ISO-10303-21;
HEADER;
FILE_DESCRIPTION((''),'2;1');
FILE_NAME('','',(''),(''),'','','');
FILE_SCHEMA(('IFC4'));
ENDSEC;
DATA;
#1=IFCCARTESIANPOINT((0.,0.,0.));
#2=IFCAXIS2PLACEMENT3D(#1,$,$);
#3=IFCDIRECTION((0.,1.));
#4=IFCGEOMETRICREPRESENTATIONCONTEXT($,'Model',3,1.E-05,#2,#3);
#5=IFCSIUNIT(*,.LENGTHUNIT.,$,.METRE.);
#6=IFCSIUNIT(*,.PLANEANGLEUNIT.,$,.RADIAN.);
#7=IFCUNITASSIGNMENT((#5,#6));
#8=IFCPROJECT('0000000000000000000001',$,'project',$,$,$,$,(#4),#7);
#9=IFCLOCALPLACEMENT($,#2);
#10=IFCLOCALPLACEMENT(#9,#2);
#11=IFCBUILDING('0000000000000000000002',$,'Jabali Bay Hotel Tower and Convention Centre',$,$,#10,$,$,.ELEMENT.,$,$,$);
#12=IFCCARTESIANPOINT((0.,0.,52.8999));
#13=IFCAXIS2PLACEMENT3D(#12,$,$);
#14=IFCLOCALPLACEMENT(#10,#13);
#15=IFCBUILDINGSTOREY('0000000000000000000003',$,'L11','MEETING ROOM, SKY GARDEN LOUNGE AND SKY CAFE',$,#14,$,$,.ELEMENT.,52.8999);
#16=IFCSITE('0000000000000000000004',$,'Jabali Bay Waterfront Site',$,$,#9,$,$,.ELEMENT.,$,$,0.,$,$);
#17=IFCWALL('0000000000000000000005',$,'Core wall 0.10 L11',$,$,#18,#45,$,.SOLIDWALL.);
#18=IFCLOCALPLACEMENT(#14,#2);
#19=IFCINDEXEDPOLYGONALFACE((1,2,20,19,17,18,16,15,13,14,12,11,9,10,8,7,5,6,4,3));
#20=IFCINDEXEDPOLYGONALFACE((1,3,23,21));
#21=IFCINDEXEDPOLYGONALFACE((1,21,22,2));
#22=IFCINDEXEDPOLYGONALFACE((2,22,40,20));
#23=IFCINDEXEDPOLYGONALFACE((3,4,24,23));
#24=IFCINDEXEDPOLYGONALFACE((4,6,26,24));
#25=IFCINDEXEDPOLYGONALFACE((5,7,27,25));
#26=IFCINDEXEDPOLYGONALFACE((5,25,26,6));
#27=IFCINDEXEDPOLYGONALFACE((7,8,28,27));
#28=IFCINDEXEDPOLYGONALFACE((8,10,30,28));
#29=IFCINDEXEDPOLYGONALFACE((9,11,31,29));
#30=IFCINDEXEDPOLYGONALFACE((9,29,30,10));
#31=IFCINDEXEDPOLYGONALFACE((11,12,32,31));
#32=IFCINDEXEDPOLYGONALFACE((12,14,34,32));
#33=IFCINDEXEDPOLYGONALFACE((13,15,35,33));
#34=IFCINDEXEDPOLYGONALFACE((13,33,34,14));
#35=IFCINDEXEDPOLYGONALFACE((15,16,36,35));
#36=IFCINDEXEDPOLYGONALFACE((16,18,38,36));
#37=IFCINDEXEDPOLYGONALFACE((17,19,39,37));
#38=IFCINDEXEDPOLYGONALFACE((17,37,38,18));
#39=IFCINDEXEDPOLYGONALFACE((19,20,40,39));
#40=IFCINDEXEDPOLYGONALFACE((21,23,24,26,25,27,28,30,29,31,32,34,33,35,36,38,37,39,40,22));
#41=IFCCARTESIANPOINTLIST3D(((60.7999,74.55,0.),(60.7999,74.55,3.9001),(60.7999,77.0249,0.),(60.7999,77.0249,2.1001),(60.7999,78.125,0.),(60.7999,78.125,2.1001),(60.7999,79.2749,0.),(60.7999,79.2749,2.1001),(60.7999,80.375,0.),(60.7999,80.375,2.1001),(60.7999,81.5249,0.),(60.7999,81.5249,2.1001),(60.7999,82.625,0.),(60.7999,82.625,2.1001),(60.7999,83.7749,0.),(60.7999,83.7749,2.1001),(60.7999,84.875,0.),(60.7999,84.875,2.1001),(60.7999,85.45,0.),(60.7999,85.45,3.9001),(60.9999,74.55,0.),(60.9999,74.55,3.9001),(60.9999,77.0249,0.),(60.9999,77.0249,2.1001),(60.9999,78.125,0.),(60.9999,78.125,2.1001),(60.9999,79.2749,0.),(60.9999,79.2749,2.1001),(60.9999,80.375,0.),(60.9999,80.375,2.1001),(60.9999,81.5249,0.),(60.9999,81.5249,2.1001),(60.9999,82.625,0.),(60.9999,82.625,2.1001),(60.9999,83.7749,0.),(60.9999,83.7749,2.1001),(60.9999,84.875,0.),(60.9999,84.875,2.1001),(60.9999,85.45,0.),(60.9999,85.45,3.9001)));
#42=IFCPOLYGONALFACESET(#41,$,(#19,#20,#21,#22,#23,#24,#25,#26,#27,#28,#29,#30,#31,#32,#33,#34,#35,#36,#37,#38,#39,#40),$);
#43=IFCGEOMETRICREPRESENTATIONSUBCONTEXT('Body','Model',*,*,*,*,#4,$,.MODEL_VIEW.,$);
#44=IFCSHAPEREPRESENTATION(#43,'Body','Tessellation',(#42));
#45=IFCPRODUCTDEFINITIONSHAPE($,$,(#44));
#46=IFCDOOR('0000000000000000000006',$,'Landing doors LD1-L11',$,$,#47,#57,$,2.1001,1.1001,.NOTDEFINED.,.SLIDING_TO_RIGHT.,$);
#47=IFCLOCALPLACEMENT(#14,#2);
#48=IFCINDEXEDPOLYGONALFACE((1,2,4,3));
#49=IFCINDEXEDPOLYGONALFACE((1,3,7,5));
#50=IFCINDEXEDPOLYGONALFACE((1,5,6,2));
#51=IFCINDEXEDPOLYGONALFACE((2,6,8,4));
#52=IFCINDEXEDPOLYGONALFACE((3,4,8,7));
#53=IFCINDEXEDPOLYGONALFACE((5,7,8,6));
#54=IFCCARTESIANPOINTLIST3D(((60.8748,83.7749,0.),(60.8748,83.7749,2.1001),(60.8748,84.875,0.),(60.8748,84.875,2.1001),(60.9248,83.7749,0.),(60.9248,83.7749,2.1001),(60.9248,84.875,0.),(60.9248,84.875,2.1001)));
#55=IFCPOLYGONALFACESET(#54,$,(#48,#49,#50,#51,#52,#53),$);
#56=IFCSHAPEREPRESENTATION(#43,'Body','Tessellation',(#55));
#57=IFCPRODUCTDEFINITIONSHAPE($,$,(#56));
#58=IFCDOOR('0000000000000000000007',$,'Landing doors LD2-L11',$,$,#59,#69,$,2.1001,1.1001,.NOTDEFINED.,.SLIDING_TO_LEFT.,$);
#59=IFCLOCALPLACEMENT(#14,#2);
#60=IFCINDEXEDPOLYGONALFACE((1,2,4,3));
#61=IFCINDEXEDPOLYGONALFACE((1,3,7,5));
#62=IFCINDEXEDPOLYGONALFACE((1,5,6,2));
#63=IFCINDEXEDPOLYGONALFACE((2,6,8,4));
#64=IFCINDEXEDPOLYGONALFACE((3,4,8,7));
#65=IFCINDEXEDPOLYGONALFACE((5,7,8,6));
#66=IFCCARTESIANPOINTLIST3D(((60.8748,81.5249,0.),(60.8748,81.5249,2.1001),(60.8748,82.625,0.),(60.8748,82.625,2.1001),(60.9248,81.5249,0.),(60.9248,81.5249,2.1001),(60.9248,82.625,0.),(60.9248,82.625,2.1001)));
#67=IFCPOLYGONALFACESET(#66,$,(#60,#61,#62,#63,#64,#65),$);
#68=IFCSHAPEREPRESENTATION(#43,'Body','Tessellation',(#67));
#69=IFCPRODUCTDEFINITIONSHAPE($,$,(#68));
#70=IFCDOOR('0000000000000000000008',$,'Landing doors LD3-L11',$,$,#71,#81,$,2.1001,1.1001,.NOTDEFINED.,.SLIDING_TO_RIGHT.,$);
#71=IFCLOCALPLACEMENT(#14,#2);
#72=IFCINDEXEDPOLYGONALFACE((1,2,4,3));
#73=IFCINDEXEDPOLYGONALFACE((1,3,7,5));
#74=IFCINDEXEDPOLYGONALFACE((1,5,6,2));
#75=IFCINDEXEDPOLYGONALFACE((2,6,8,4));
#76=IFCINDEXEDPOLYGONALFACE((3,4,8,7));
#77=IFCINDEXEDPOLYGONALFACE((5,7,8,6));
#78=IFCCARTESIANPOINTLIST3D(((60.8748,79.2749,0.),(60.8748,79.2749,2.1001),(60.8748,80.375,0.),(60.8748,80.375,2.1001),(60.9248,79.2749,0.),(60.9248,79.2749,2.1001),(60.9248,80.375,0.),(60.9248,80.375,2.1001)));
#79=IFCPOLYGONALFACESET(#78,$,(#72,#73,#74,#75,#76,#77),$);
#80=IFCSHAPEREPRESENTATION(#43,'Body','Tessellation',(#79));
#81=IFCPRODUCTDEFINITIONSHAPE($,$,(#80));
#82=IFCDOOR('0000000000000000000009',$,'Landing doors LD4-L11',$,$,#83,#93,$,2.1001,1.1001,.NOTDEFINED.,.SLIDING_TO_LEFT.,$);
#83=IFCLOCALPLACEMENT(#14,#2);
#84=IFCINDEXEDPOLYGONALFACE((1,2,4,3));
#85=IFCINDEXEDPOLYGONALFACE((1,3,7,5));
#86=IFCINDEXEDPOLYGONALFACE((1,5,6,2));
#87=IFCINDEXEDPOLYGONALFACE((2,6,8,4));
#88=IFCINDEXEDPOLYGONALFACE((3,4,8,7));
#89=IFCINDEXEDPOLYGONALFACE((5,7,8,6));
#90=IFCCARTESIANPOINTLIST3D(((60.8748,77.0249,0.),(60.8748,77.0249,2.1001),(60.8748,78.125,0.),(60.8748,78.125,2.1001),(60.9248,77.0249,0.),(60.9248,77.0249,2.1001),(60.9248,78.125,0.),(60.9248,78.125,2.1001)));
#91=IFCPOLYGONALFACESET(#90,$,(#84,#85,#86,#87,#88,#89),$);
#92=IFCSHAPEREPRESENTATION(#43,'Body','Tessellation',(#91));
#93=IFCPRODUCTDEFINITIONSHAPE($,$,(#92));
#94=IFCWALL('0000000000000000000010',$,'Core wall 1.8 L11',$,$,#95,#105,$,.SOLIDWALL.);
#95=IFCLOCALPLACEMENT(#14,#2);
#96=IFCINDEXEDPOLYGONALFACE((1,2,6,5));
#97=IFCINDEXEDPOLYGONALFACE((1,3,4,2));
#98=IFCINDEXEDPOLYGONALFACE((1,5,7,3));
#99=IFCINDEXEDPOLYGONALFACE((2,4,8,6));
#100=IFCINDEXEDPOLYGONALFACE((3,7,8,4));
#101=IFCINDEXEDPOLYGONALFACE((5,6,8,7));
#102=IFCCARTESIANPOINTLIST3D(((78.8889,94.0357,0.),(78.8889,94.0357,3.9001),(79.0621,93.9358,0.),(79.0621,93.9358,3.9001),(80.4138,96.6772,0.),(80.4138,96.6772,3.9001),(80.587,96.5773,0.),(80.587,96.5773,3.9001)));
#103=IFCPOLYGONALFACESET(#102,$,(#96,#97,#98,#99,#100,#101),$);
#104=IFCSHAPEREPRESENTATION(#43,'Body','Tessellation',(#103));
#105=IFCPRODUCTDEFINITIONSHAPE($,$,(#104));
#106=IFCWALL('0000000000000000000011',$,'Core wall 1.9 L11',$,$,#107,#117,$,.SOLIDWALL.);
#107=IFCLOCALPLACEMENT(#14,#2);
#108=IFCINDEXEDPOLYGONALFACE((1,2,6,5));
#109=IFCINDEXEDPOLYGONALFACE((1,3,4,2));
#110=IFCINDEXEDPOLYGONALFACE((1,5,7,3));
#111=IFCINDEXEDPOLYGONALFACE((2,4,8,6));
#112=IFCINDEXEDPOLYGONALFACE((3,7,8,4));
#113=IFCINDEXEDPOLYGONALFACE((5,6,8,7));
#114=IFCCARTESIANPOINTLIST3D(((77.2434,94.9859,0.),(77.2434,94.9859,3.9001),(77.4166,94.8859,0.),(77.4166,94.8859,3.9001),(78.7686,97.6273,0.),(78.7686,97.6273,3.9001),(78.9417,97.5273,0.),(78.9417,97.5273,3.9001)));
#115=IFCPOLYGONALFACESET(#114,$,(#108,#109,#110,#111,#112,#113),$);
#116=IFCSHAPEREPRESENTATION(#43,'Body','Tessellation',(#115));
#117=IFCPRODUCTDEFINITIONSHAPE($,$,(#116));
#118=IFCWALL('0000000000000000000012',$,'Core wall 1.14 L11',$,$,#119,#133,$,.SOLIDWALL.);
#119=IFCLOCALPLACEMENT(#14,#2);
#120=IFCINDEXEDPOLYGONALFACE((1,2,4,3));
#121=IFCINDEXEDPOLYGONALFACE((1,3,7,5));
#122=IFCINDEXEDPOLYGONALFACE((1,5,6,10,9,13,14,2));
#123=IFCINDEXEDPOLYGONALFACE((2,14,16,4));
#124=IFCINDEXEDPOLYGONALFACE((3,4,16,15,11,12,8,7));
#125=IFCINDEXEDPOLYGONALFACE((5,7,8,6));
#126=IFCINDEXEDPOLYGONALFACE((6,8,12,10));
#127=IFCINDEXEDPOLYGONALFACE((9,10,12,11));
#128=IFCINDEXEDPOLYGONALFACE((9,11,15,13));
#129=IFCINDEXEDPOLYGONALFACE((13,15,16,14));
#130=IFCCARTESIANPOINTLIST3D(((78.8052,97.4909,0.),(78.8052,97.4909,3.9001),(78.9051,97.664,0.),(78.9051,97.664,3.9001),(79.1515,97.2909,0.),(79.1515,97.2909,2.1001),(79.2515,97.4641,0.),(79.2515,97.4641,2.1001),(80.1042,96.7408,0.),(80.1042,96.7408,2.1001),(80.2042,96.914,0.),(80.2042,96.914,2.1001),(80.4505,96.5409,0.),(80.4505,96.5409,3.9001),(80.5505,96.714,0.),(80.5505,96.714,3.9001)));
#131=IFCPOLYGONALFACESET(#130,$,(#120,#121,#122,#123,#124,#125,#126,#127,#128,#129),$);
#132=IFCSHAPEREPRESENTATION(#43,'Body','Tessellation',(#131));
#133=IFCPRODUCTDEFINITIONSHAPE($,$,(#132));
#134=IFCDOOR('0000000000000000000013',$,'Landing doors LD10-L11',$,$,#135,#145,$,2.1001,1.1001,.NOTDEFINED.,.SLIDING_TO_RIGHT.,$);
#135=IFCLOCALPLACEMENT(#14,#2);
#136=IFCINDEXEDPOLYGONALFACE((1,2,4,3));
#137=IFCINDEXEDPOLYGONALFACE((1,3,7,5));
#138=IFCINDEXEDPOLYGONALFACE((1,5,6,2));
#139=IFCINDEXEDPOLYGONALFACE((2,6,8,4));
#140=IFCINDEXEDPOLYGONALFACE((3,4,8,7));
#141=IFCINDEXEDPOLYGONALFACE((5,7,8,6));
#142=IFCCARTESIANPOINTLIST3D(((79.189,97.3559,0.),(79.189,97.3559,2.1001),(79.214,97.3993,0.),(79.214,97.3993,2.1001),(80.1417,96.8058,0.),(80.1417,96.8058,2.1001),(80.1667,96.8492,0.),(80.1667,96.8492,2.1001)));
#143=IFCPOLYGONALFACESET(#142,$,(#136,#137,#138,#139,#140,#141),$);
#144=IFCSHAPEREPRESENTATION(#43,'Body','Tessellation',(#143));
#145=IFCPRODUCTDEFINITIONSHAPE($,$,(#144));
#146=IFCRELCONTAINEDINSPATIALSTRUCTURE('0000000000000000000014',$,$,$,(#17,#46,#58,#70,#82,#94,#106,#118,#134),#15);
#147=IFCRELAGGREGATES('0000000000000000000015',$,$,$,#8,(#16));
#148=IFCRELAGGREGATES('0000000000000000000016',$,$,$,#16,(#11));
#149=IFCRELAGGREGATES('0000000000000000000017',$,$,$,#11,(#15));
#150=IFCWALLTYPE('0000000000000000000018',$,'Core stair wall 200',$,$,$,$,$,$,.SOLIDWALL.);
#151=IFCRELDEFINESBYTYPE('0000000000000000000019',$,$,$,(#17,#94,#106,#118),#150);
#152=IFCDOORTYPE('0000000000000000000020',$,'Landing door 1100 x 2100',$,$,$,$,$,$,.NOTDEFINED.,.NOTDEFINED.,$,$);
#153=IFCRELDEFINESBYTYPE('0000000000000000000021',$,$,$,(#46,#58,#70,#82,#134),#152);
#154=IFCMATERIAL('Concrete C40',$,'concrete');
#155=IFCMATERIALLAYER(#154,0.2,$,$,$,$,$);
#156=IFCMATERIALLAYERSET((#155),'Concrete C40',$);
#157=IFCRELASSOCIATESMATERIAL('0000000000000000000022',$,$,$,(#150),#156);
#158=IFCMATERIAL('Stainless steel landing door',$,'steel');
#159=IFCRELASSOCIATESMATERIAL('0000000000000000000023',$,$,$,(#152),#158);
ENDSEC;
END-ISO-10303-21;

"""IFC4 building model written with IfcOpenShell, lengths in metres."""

from ifc_helpers import new_model, si_unit, direction, frame, frame_2d, origin, place, context, subcontext, project, spatial, rectangle, extrude, material, layer, layer_set, type_object, element, fill, save


model = new_model("IFC4")

# Units and contexts
model_context = context("Model", 3, precision=1e-05, world=origin(), true_north=direction((0.0, 1.0)))
body_context = subcontext(model_context, "Body", "Model", "MODEL_VIEW")
ifc_project = project(units=[si_unit("LENGTHUNIT", "METRE"), si_unit("PLANEANGLEUNIT", "RADIAN")], contexts=[model_context])

# Site, building, storey
site_placement = place(None, origin())
site = spatial("IfcSite", under=ifc_project, at=site_placement, Name="Jabali Bay Waterfront Site", CompositionType="ELEMENT", RefElevation=0.0)
building_placement = place(site_placement, origin())
building = spatial("IfcBuilding", under=site, at=building_placement, Name="Jabali Bay Hotel Tower and Convention Centre", CompositionType="ELEMENT")
storey_placement = place(building_placement, frame((0.0, 0.0, 52.8999)))
storey = spatial("IfcBuildingStorey", under=building, at=storey_placement, Name="L11", Description="MEETING ROOM, SKY GARDEN LOUNGE AND SKY CAFE", CompositionType="ELEMENT", Elevation=52.8999)

# Shared definitions
ifc_material_1 = material(Name="Concrete C40", Category="concrete")

# Shared definitions
ifc_layer_1 = layer(ifc_material_1, 0.2)
ifc_layer_set_1 = layer_set([ifc_layer_1], Name="Concrete C40")
wall_type_1 = type_object("IfcWallType", Name="Core stair wall 200", PredefinedType="SOLIDWALL", material=ifc_layer_set_1)

# Wall, openings, doors
wall_1_placement = place(storey_placement, frame((60.8999, 85.45, 0.0), z_axis=(0.0, 0.0, 1.0), x_axis=(0.0, -1.0, 0.0)))
wall_1 = element("IfcWall", 1, at=wall_1_placement, inside=storey, type_object=wall_type_1, Name="Core wall 0.10 L11", PredefinedType="SOLIDWALL", context=body_context, shape_type="SweptSolid", body=[
    extrude(rectangle(XDim=10.8999, YDim=0.2, at=frame_2d((5.45, 0.0))), origin(), (0.0, 0.0, 1.0), 3.9001),
])
opening_1_placement = place(wall_1_placement, frame((0.575, 0.0, 0.0)))
opening_1 = element("IfcOpeningElement", 2, at=opening_1_placement, cuts=wall_1, PredefinedType="OPENING", context=body_context, shape_type="SweptSolid", body=[
    extrude(rectangle(XDim=1.1001, YDim=2.1001, at=frame_2d((0.55, 1.05))), frame((0.0, 0.1104, 0.0), z_axis=(0.0, -1.0, 0.0), x_axis=(1.0, 0.0, 0.0)), (0.0, 0.0, 1.0), 0.2209),
])
opening_2_placement = place(wall_1_placement, frame((2.825, 0.0, 0.0)))
opening_2 = element("IfcOpeningElement", 3, at=opening_2_placement, cuts=wall_1, PredefinedType="OPENING", context=body_context, shape_type="SweptSolid", body=[
    extrude(rectangle(XDim=1.1001, YDim=2.1001, at=frame_2d((0.55, 1.05))), frame((0.0, 0.1104, 0.0), z_axis=(0.0, -1.0, 0.0), x_axis=(1.0, 0.0, 0.0)), (0.0, 0.0, 1.0), 0.2209),
])
opening_3_placement = place(wall_1_placement, frame((5.075, 0.0, 0.0)))
opening_3 = element("IfcOpeningElement", 4, at=opening_3_placement, cuts=wall_1, PredefinedType="OPENING", context=body_context, shape_type="SweptSolid", body=[
    extrude(rectangle(XDim=1.1001, YDim=2.1001, at=frame_2d((0.55, 1.05))), frame((0.0, 0.1104, 0.0), z_axis=(0.0, -1.0, 0.0), x_axis=(1.0, 0.0, 0.0)), (0.0, 0.0, 1.0), 0.2209),
])
opening_4_placement = place(wall_1_placement, frame((7.325, 0.0, 0.0)))
opening_4 = element("IfcOpeningElement", 5, at=opening_4_placement, cuts=wall_1, PredefinedType="OPENING", context=body_context, shape_type="SweptSolid", body=[
    extrude(rectangle(XDim=1.1001, YDim=2.1001, at=frame_2d((0.55, 1.05))), frame((0.0, 0.1104, 0.0), z_axis=(0.0, -1.0, 0.0), x_axis=(1.0, 0.0, 0.0)), (0.0, 0.0, 1.0), 0.2209),
])
ifc_material_2 = material(Name="Stainless steel landing door", Category="steel")
door_type_1 = type_object("IfcDoorType", Name="Landing door 1100 x 2100", OperationType="NOTDEFINED", PredefinedType="NOTDEFINED", material=ifc_material_2)
door_1_placement = place(opening_1_placement, origin())
door_1 = element("IfcDoor", 6, at=door_1_placement, inside=storey, type_object=door_type_1, Name="Landing doors LD1-L11", OperationType="SLIDING_TO_RIGHT", OverallHeight=2.1001, OverallWidth=1.1001, PredefinedType="NOTDEFINED", context=body_context, shape_type="SweptSolid", body=[
    extrude(rectangle(XDim=1.1001, YDim=2.1001, at=frame_2d((0.55, 1.05))), frame((0.0, 0.0249, 0.0), z_axis=(0.0, -1.0, 0.0), x_axis=(1.0, 0.0, 0.0)), (0.0, 0.0, 1.0), 0.05),
])
fill(opening_1, door_1)
door_2_placement = place(opening_2_placement, origin())
door_2 = element("IfcDoor", 7, at=door_2_placement, inside=storey, type_object=door_type_1, Name="Landing doors LD2-L11", OperationType="SLIDING_TO_LEFT", OverallHeight=2.1001, OverallWidth=1.1001, PredefinedType="NOTDEFINED", context=body_context, shape_type="SweptSolid", body=[
    extrude(rectangle(XDim=1.1001, YDim=2.1001, at=frame_2d((0.55, 1.05))), frame((0.0, 0.0249, 0.0), z_axis=(0.0, -1.0, 0.0), x_axis=(1.0, 0.0, 0.0)), (0.0, 0.0, 1.0), 0.05),
])
fill(opening_2, door_2)
door_3_placement = place(opening_3_placement, origin())
door_3 = element("IfcDoor", 8, at=door_3_placement, inside=storey, type_object=door_type_1, Name="Landing doors LD3-L11", OperationType="SLIDING_TO_RIGHT", OverallHeight=2.1001, OverallWidth=1.1001, PredefinedType="NOTDEFINED", context=body_context, shape_type="SweptSolid", body=[
    extrude(rectangle(XDim=1.1001, YDim=2.1001, at=frame_2d((0.55, 1.05))), frame((0.0, 0.0249, 0.0), z_axis=(0.0, -1.0, 0.0), x_axis=(1.0, 0.0, 0.0)), (0.0, 0.0, 1.0), 0.05),
])
fill(opening_3, door_3)
door_4_placement = place(opening_4_placement, origin())
door_4 = element("IfcDoor", 9, at=door_4_placement, inside=storey, type_object=door_type_1, Name="Landing doors LD4-L11", OperationType="SLIDING_TO_LEFT", OverallHeight=2.1001, OverallWidth=1.1001, PredefinedType="NOTDEFINED", context=body_context, shape_type="SweptSolid", body=[
    extrude(rectangle(XDim=1.1001, YDim=2.1001, at=frame_2d((0.55, 1.05))), frame((0.0, 0.0249, 0.0), z_axis=(0.0, -1.0, 0.0), x_axis=(1.0, 0.0, 0.0)), (0.0, 0.0, 1.0), 0.05),
])
fill(opening_4, door_4)

# Walls
for number, where, z_axis, x_axis, name in (
    (10, (78.9756, 93.9858, 0.0), (0.0, 0.0, 1.0), (0.499944, 0.866058, 0.0), "Core wall 1.8 L11"),
    (11, (77.3301, 94.936, 0.0), (0.0, 0.0, 1.0), (0.500039, 0.866003, 0.0), "Core wall 1.9 L11"),
):
    element("IfcWall", number, at=place(storey_placement, frame(where, z_axis=z_axis, x_axis=x_axis)), inside=storey, type_object=wall_type_1, Name=name, PredefinedType="SOLIDWALL", context=body_context, shape_type="SweptSolid", body=[
        extrude(rectangle(XDim=3.05, YDim=0.2, at=frame_2d((1.5249, 0.0))), origin(), (0.0, 0.0, 1.0), 3.9001),
    ])

# Wall, opening, door
wall_2_placement = place(storey_placement, frame((80.5005, 96.6274, 0.0), z_axis=(0.0, 0.0, 1.0), x_axis=(-0.866012, 0.500023, 0.0)))
wall_2 = element("IfcWall", 12, at=wall_2_placement, inside=storey, type_object=wall_type_1, Name="Core wall 1.14 L11", PredefinedType="SOLIDWALL", context=body_context, shape_type="SweptSolid", body=[
    extrude(rectangle(XDim=1.8999, YDim=0.2, at=frame_2d((0.95, 0.0))), origin(), (0.0, 0.0, 1.0), 3.9001),
])
opening_5_placement = place(wall_2_placement, frame((0.3999, 0.0, 0.0)))
opening_5 = element("IfcOpeningElement", 13, at=opening_5_placement, cuts=wall_2, PredefinedType="OPENING", context=body_context, shape_type="SweptSolid", body=[
    extrude(rectangle(XDim=1.1001, YDim=2.1001, at=frame_2d((0.55, 1.05))), frame((0.0, 0.1104, 0.0), z_axis=(0.0, -1.0, 0.0), x_axis=(1.0, 0.0, 0.0)), (0.0, 0.0, 1.0), 0.2209),
])
door_5_placement = place(opening_5_placement, origin())
door_5 = element("IfcDoor", 14, at=door_5_placement, inside=storey, type_object=door_type_1, Name="Landing doors LD10-L11", OperationType="SLIDING_TO_RIGHT", OverallHeight=2.1001, OverallWidth=1.1001, PredefinedType="NOTDEFINED", context=body_context, shape_type="SweptSolid", body=[
    extrude(rectangle(XDim=1.1001, YDim=2.1001, at=frame_2d((0.55, 1.05))), frame((0.0, 0.0249, 0.0), z_axis=(0.0, -1.0, 0.0), x_axis=(1.0, 0.0, 0.0)), (0.0, 0.0, 1.0), 0.05),
])
fill(opening_5, door_5)

save(model, "model.ifc")
